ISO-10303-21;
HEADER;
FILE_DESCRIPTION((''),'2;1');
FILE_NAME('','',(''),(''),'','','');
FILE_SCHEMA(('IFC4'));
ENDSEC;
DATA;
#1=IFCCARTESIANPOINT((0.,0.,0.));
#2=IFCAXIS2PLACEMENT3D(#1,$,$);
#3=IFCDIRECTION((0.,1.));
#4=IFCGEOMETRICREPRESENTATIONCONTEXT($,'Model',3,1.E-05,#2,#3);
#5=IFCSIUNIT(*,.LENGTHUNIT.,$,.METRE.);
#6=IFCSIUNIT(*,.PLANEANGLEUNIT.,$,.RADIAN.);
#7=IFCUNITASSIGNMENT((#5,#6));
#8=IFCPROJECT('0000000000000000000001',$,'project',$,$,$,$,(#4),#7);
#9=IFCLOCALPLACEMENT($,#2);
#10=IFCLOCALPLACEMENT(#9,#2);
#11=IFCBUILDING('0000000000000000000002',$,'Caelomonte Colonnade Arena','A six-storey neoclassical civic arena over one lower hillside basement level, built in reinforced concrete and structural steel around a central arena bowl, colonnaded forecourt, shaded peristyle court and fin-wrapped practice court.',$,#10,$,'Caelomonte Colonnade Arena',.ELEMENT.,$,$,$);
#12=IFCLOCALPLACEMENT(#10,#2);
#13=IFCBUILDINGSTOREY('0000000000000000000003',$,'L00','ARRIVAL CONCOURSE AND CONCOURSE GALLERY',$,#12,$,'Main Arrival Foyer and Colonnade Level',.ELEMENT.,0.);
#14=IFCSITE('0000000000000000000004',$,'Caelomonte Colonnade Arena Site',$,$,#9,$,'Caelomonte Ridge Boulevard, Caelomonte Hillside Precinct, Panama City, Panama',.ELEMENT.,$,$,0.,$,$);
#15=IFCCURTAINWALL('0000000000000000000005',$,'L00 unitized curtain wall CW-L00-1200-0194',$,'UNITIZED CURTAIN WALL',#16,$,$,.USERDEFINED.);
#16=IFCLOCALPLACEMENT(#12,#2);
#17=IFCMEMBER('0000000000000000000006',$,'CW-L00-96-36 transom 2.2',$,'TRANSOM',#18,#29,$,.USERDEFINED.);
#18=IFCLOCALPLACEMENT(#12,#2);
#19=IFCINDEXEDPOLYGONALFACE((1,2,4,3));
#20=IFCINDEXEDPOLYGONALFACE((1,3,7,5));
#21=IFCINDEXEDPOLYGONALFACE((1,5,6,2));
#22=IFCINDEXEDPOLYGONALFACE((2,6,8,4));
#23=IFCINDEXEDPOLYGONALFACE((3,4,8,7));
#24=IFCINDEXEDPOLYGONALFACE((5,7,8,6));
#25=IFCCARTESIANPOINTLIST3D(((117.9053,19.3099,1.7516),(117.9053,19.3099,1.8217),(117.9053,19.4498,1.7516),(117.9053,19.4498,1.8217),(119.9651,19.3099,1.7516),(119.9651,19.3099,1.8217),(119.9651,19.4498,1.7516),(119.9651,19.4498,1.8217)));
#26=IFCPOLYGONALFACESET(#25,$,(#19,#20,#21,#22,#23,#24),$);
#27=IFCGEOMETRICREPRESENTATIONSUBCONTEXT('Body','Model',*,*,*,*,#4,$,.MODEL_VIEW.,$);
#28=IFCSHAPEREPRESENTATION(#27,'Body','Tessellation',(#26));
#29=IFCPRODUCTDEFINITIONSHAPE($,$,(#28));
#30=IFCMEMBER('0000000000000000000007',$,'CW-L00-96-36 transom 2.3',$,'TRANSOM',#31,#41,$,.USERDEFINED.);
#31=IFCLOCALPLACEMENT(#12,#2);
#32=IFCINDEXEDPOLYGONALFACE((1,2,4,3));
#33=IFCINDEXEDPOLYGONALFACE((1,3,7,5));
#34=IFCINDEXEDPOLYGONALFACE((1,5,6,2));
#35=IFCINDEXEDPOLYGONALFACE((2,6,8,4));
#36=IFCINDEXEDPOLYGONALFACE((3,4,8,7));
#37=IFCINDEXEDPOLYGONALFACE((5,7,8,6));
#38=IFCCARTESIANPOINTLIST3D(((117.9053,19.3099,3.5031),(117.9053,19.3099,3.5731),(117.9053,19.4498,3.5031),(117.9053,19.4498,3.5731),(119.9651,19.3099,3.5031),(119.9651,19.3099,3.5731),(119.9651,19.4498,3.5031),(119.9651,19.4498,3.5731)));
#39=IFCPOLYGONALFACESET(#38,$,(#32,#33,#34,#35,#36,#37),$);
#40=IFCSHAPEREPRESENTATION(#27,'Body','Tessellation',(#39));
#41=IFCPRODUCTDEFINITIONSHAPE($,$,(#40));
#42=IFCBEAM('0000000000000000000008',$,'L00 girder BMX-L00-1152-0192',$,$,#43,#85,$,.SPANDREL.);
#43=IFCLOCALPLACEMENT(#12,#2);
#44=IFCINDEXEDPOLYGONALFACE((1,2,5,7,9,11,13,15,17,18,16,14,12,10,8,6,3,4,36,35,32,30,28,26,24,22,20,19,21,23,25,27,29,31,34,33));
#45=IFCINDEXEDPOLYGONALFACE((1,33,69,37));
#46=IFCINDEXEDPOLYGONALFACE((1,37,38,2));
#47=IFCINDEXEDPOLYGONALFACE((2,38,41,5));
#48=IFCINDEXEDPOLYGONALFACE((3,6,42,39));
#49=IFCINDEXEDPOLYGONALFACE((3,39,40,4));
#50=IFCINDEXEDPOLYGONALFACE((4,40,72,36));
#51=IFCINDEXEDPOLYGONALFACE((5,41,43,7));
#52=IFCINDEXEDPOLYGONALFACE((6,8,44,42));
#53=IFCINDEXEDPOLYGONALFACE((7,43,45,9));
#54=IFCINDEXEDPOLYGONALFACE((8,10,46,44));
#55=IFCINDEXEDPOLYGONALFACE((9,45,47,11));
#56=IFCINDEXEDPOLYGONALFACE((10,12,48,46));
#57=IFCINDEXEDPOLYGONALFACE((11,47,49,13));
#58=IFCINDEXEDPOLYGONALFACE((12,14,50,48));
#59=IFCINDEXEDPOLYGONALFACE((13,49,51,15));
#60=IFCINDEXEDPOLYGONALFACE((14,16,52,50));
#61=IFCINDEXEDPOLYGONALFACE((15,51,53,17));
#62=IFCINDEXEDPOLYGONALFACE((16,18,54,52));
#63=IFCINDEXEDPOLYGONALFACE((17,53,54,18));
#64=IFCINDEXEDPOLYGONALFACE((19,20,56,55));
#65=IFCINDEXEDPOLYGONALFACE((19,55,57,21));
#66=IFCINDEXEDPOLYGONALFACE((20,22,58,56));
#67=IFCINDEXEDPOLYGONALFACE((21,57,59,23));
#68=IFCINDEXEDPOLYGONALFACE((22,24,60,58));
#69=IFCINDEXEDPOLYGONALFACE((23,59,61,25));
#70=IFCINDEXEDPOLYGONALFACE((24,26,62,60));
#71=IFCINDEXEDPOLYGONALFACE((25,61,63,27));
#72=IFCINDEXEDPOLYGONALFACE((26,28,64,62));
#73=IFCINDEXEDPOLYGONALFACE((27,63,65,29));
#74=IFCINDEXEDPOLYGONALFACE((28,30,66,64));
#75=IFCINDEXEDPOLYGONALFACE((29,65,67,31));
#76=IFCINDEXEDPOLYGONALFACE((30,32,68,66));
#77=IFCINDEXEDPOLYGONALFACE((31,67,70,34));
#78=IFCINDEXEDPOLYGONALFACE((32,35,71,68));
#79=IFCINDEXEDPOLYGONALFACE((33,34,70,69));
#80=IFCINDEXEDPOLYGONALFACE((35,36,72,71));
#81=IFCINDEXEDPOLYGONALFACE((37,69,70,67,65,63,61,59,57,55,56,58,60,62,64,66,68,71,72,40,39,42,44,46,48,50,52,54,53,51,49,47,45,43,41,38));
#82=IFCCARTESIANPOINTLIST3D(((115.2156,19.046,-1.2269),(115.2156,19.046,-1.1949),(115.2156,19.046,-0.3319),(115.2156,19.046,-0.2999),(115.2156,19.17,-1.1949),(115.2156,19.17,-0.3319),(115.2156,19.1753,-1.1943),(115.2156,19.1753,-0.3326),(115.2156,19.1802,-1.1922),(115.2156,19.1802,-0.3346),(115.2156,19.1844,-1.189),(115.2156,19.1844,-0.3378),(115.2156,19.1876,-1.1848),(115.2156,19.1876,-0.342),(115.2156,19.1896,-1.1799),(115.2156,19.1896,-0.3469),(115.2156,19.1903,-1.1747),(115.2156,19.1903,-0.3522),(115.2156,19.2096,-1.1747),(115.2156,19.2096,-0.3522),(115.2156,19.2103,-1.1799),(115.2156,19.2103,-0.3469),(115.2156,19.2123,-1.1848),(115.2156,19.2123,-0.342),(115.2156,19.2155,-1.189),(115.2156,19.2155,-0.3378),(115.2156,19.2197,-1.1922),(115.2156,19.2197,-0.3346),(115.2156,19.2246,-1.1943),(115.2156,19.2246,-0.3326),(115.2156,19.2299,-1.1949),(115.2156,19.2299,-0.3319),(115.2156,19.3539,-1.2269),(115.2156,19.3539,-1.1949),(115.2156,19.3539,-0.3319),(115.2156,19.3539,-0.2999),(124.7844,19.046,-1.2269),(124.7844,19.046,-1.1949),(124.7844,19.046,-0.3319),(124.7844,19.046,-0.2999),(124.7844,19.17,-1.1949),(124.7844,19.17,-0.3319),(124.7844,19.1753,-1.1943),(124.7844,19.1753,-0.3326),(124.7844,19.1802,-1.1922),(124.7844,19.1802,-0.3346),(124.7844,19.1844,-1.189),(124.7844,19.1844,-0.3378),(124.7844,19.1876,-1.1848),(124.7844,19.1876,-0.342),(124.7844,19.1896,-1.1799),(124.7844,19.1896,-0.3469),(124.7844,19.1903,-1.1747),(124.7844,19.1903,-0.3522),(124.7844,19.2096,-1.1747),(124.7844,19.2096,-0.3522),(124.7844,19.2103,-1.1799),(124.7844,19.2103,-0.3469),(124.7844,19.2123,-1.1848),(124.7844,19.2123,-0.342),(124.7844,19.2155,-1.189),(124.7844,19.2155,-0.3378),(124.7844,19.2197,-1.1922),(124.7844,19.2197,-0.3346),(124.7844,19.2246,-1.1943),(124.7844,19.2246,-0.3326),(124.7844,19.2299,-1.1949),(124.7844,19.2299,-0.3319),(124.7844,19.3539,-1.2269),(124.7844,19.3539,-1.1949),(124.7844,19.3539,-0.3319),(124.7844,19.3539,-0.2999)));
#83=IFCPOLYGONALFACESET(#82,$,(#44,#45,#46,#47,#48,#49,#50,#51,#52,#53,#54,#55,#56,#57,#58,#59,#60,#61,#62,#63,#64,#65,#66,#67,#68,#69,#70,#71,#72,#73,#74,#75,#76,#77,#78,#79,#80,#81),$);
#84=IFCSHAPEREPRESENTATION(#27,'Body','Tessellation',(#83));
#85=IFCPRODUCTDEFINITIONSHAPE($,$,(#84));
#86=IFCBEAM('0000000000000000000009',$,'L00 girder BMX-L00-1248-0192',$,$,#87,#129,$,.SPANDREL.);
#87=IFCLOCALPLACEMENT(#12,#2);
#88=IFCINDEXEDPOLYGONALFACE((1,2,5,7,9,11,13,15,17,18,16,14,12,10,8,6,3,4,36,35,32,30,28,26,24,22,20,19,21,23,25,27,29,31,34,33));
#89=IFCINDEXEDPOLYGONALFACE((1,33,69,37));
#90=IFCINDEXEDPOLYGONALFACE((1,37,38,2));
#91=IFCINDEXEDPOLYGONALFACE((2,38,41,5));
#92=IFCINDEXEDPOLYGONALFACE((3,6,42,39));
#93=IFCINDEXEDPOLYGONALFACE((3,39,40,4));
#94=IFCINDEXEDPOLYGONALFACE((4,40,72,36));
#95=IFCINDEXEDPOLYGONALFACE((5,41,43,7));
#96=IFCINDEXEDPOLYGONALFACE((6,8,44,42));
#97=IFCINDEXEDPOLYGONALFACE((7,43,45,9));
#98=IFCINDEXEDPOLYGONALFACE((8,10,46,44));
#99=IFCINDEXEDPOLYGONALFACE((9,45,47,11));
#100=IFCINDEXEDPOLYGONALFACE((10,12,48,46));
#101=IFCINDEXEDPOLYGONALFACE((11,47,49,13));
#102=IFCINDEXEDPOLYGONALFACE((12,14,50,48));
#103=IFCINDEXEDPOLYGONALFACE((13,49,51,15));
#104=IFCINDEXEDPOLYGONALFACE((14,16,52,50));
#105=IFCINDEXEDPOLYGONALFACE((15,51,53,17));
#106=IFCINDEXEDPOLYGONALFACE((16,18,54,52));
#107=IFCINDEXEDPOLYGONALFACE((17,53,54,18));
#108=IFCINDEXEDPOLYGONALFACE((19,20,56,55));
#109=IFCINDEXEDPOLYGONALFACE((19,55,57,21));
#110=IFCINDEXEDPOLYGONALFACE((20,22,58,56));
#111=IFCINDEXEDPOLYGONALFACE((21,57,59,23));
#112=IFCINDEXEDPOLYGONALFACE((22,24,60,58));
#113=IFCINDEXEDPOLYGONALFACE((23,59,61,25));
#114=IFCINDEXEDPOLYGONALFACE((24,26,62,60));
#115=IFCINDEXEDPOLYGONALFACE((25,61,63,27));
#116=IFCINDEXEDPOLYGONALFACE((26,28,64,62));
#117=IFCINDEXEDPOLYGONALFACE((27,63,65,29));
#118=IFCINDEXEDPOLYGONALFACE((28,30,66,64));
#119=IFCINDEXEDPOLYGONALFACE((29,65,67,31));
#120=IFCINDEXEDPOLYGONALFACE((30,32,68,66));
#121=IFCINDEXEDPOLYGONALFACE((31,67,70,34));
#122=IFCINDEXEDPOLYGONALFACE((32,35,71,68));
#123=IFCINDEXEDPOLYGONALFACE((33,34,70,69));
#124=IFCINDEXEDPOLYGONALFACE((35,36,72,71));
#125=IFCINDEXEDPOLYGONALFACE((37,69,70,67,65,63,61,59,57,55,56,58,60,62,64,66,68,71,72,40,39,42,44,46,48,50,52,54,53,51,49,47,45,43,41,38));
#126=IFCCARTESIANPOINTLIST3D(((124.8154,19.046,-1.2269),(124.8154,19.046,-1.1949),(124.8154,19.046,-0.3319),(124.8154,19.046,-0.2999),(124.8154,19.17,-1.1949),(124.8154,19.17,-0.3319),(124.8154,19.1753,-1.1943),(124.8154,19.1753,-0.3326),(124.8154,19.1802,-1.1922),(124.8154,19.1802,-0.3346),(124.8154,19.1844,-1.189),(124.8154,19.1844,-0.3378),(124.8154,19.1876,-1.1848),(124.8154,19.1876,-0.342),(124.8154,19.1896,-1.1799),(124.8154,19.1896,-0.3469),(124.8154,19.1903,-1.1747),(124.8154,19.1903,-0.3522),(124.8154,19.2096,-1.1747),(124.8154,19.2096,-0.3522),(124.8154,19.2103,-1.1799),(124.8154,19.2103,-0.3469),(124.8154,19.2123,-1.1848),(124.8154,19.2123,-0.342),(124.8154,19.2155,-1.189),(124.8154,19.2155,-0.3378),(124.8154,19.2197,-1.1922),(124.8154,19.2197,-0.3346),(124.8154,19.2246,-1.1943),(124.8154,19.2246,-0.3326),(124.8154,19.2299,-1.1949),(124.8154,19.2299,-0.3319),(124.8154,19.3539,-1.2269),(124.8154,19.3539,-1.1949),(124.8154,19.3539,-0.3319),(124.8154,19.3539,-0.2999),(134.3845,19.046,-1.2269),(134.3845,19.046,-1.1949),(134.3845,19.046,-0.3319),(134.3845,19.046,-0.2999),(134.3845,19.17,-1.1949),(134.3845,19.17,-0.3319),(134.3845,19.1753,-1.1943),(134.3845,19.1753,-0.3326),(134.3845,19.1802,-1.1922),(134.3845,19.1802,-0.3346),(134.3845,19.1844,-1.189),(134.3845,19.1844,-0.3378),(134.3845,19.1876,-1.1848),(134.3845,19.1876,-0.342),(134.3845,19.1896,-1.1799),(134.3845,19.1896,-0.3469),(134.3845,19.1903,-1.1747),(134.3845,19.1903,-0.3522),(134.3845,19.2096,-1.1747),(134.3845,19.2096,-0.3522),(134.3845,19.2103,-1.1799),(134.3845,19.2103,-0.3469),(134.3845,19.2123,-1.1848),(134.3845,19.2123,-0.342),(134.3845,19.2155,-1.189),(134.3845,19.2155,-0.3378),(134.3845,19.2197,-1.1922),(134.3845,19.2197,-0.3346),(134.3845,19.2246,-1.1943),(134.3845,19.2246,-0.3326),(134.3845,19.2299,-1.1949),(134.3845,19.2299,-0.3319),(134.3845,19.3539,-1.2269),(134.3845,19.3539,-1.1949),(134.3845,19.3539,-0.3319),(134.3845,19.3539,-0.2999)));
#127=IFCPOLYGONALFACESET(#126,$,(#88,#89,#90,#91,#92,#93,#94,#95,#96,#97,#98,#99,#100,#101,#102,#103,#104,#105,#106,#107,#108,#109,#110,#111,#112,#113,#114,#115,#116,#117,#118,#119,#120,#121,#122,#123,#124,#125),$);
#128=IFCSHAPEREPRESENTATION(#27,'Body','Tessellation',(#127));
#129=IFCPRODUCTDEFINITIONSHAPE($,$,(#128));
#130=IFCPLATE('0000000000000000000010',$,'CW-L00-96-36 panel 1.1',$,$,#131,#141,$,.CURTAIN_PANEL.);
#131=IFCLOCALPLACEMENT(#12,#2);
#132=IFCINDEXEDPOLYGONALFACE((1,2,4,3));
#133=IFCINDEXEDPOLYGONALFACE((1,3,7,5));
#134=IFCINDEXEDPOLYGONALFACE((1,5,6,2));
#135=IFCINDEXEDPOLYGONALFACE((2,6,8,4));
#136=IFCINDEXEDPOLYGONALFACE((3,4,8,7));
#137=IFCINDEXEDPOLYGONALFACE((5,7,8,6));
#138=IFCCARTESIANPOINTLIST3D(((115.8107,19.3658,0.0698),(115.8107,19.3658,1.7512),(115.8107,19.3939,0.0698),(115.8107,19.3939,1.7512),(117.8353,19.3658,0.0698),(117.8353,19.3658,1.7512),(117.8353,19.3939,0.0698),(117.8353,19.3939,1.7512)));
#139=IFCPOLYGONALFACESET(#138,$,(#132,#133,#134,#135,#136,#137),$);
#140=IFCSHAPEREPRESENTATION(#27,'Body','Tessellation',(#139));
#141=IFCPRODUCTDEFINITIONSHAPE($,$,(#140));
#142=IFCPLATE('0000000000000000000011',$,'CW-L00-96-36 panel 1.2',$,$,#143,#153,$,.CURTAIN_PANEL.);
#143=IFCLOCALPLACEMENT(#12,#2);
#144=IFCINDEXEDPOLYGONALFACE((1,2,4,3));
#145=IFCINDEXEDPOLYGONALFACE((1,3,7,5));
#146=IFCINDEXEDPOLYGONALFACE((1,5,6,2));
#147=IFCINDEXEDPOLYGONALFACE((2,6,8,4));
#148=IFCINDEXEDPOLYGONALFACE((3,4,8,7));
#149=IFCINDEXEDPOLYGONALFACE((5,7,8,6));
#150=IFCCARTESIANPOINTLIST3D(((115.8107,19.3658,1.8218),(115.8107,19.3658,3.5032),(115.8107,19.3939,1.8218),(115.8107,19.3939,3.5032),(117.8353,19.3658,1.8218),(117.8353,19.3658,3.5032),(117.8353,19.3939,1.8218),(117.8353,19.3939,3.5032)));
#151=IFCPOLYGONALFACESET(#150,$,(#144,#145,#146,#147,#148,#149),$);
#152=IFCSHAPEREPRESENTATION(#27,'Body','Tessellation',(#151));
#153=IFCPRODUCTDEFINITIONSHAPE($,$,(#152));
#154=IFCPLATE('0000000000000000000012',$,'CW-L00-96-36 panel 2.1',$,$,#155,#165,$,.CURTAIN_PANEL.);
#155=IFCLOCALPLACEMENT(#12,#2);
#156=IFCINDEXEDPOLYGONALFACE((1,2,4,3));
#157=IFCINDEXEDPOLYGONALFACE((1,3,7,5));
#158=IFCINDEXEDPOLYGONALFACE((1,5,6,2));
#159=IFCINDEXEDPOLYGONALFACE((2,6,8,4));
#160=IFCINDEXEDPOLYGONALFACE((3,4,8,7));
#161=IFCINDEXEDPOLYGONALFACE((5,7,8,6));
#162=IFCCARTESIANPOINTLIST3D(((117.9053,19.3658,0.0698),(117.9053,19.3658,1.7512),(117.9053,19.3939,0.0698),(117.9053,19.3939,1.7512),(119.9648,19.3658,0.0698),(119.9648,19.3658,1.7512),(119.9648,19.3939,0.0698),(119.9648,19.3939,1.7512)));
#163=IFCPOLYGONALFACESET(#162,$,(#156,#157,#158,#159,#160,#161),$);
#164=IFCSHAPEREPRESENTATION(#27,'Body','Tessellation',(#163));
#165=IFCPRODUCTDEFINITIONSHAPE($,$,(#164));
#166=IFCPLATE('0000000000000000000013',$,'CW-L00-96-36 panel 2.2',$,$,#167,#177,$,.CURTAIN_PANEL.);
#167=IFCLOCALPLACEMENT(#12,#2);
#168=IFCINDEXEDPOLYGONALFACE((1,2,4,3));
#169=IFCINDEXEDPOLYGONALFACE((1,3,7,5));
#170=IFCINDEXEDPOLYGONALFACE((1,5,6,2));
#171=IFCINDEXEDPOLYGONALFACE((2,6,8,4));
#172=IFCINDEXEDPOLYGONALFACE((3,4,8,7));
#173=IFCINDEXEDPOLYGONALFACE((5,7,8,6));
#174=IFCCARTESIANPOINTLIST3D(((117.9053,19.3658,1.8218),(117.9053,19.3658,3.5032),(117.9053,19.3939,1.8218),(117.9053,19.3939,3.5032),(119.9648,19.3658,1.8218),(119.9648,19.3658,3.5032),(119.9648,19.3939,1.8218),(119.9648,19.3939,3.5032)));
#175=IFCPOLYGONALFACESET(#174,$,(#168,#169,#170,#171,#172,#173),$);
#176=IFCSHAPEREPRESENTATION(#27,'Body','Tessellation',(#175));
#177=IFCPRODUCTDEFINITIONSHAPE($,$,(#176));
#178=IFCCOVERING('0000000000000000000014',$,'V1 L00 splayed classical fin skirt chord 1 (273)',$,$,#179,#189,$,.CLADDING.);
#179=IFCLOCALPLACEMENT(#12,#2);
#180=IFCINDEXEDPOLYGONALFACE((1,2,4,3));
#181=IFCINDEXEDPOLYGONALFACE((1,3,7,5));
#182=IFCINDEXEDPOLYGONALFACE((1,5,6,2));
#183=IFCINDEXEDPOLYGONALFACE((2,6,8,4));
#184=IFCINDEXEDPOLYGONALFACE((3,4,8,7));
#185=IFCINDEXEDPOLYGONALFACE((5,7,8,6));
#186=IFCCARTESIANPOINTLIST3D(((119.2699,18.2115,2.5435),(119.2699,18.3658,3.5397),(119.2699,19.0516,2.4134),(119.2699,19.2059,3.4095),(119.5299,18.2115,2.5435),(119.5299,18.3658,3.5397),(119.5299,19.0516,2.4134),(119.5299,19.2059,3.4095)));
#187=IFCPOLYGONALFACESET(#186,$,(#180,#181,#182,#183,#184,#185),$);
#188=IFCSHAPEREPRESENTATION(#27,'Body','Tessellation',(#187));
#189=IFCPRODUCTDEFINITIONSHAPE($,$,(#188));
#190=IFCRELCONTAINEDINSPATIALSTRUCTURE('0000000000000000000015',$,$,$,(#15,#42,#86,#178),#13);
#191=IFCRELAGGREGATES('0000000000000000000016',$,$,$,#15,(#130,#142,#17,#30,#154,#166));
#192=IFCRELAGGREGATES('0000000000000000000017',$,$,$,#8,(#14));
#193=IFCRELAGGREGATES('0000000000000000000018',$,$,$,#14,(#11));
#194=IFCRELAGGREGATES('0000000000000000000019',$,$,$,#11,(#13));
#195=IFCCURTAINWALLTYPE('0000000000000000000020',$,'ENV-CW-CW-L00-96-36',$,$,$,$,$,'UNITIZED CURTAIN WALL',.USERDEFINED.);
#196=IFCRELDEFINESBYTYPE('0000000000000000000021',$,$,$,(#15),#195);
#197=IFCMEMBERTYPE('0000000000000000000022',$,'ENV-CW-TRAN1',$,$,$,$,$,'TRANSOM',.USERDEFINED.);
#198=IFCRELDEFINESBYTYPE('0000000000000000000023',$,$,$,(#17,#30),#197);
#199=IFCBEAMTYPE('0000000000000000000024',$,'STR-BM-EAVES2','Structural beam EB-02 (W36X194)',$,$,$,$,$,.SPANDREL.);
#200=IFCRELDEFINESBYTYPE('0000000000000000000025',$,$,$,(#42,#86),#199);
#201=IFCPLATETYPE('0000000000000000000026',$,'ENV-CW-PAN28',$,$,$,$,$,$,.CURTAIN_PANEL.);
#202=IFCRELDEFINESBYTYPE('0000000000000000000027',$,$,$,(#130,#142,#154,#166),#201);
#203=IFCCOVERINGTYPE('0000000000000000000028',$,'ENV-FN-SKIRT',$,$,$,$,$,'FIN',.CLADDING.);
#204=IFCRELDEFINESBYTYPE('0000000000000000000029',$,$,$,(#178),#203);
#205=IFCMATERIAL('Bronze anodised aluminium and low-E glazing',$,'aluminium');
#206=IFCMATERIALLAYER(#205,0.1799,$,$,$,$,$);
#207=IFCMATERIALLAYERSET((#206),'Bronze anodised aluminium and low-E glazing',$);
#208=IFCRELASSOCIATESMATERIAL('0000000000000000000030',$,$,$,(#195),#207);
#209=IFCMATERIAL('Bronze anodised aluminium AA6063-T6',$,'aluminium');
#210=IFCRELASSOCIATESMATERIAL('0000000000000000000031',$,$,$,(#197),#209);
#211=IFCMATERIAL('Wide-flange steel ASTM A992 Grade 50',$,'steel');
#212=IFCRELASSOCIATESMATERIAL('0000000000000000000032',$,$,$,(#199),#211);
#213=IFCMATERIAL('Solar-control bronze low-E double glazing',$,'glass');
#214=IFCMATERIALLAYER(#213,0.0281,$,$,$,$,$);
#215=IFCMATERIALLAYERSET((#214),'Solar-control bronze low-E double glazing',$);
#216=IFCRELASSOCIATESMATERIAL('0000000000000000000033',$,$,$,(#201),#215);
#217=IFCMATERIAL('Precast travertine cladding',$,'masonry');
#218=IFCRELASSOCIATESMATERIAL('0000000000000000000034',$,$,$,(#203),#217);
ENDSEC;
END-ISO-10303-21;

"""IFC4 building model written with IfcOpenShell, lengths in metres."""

from ifc_helpers import new_model, si_unit, direction, frame, origin, origin_2d, place, context, subcontext, project, spatial, rectangle, i_section, extrude, material, layer, layer_set, material_profile, profile_set, type_object, element, aggregate, save


model = new_model("IFC4")

# Units and contexts
model_context = context("Model", 3, precision=1e-05, world=origin(), true_north=direction((0.0, 1.0)))
body_context = subcontext(model_context, "Body", "Model", "MODEL_VIEW")
ifc_project = project(units=[si_unit("LENGTHUNIT", "METRE"), si_unit("PLANEANGLEUNIT", "RADIAN")], contexts=[model_context])

# Site, building, storey
site_placement = place(None, origin())
site = spatial("IfcSite", under=ifc_project, at=site_placement, Name="Caelomonte Colonnade Arena Site", LongName="Caelomonte Ridge Boulevard, Caelomonte Hillside Precinct, Panama City, Panama", CompositionType="ELEMENT", RefElevation=0.0)
building_placement = place(site_placement, origin())
building = spatial("IfcBuilding", under=site, at=building_placement, Name="Caelomonte Colonnade Arena", Description="A six-storey neoclassical civic arena over one lower hillside basement level, built in reinforced concrete and structural steel around a central arena bowl, colonnaded forecourt, shaded peristyle court and fin-wrapped practice court.", LongName="Caelomonte Colonnade Arena", CompositionType="ELEMENT")
storey_placement = place(building_placement, origin())
storey = spatial("IfcBuildingStorey", under=building, at=storey_placement, Name="L00", Description="ARRIVAL CONCOURSE AND CONCOURSE GALLERY", LongName="Main Arrival Foyer and Colonnade Level", CompositionType="ELEMENT", Elevation=0.0)

# Shared definitions
ifc_material_1 = material(Name="Wide-flange steel ASTM A992 Grade 50", Category="steel")

# Shared definitions
ifc_material_2 = material(Name="Bronze anodised aluminium and low-E glazing", Category="aluminium")
ifc_layer_1 = layer(ifc_material_2, 0.1799)
ifc_layer_set_1 = layer_set([ifc_layer_1], Name="Bronze anodised aluminium and low-E glazing")
curtain_wall_type = type_object("IfcCurtainWallType", Name="ENV-CW-CW-L00-96-36", ElementType="UNITIZED CURTAIN WALL", PredefinedType="USERDEFINED", material=ifc_layer_set_1)
ifc_material_3 = material(Name="Bronze anodised aluminium AA6063-T6", Category="aluminium")

# Curtain wall, members
curtain_wall_1_placement = place(storey_placement, origin())
curtain_wall_1 = element("IfcCurtainWall", 1, at=curtain_wall_1_placement, inside=storey, type_object=curtain_wall_type, Name="L00 unitized curtain wall CW-L00-1200-0194", ObjectType="UNITIZED CURTAIN WALL", PredefinedType="USERDEFINED")
ifc_material_profile_1 = material_profile(ifc_material_3, rectangle(XDim=0.0701, YDim=0.1399, at=origin_2d()), Name="CWT-70X140")
ifc_profile_set_1 = profile_set([ifc_material_profile_1], Name="Bronze anodised aluminium AA6063-T6")
member_type_1 = type_object("IfcMemberType", Name="ENV-CW-TRAN1", ElementType="TRANSOM", PredefinedType="USERDEFINED", material=ifc_profile_set_1)
member_1_placement = place(storey_placement, frame((117.9053, 19.3799, 1.7866), z_axis=(1.0, 0.0, 0.0), x_axis=(0.0, 0.0, 1.0)))
member_1 = element("IfcMember", 2, at=member_1_placement, type_object=member_type_1, Name="CW-L00-96-36 transom 2.2", ObjectType="TRANSOM", PredefinedType="USERDEFINED", context=body_context, shape_type="SweptSolid", body=[
    extrude(rectangle(XDim=0.0701, YDim=0.1399, at=origin_2d()), origin(), (0.0, 0.0, 1.0), 2.0598),
])
member_2_placement = place(storey_placement, frame((117.9053, 19.3799, 3.5381), z_axis=(1.0, 0.0, 0.0), x_axis=(0.0, 0.0, 1.0)))
member_2 = element("IfcMember", 3, at=member_2_placement, type_object=member_type_1, Name="CW-L00-96-36 transom 2.3", ObjectType="TRANSOM", PredefinedType="USERDEFINED", context=body_context, shape_type="SweptSolid", body=[
    extrude(rectangle(XDim=0.0701, YDim=0.1399, at=origin_2d()), origin(), (0.0, 0.0, 1.0), 2.0598),
])

# Beams
ifc_material_profile_2 = material_profile(ifc_material_1, i_section(OverallWidth=0.3079, OverallDepth=0.927, WebThickness=0.0193, FlangeThickness=0.032, FilletRadius=0.0203, at=origin_2d()), Name="W36X194")
ifc_profile_set_2 = profile_set([ifc_material_profile_2], Name="Wide-flange steel ASTM A992 Grade 50")
beam_type = type_object("IfcBeamType", Name="STR-BM-EAVES2", Description="Structural beam EB-02 (W36X194)", PredefinedType="SPANDREL", material=ifc_profile_set_2)
beam_1_placement = place(storey_placement, frame((115.2156, 19.2, -0.7634), z_axis=(1.0, 0.0, 0.0), x_axis=(0.0, 1.0, 0.0)))
element("IfcBeam", 4, at=beam_1_placement, inside=storey, type_object=beam_type, Name="L00 girder BMX-L00-1152-0192", PredefinedType="SPANDREL", context=body_context, shape_type="SweptSolid", body=[
    extrude(i_section(OverallWidth=0.3079, OverallDepth=0.927, WebThickness=0.0193, FlangeThickness=0.032, FilletRadius=0.0203, at=origin_2d()), origin(), (0.0, 0.0, 1.0), 9.5688),
])
beam_2_placement = place(storey_placement, frame((124.8154, 19.2, -0.7634), z_axis=(1.0, 0.0, 0.0), x_axis=(0.0, 1.0, 0.0)))
element("IfcBeam", 5, at=beam_2_placement, inside=storey, type_object=beam_type, Name="L00 girder BMX-L00-1248-0192", PredefinedType="SPANDREL", context=body_context, shape_type="SweptSolid", body=[
    extrude(i_section(OverallWidth=0.3079, OverallDepth=0.927, WebThickness=0.0193, FlangeThickness=0.032, FilletRadius=0.0203, at=origin_2d()), origin(), (0.0, 0.0, 1.0), 9.5691),
])

# Plates
ifc_material_4 = material(Name="Solar-control bronze low-E double glazing", Category="glass")
ifc_layer_2 = layer(ifc_material_4, 0.0281)
ifc_layer_set_2 = layer_set([ifc_layer_2], Name="Solar-control bronze low-E double glazing")
plate_type = type_object("IfcPlateType", Name="ENV-CW-PAN28", PredefinedType="CURTAIN_PANEL", material=ifc_layer_set_2)
plate_1_placement = place(storey_placement, frame((116.823, 19.3799, 0.0698), z_axis=(0.0, 0.0, 1.0), x_axis=(1.0, 0.0, 0.0)))
plate_1 = element("IfcPlate", 6, at=plate_1_placement, type_object=plate_type, Name="CW-L00-96-36 panel 1.1", PredefinedType="CURTAIN_PANEL", context=body_context, shape_type="SweptSolid", body=[
    extrude(rectangle(XDim=2.0247, YDim=0.0281, at=origin_2d()), origin(), (0.0, 0.0, 1.0), 1.6814),
])
plate_2_placement = place(storey_placement, frame((116.823, 19.3799, 1.8218), z_axis=(0.0, 0.0, 1.0), x_axis=(1.0, 0.0, 0.0)))
plate_2 = element("IfcPlate", 7, at=plate_2_placement, type_object=plate_type, Name="CW-L00-96-36 panel 1.2", PredefinedType="CURTAIN_PANEL", context=body_context, shape_type="SweptSolid", body=[
    extrude(rectangle(XDim=2.0247, YDim=0.0281, at=origin_2d()), origin(), (0.0, 0.0, 1.0), 1.6814),
])
plate_3_placement = place(storey_placement, frame((118.9351, 19.3799, 0.0698), z_axis=(0.0, 0.0, 1.0), x_axis=(1.0, 0.0, 0.0)))
plate_3 = element("IfcPlate", 8, at=plate_3_placement, type_object=plate_type, Name="CW-L00-96-36 panel 2.1", PredefinedType="CURTAIN_PANEL", context=body_context, shape_type="SweptSolid", body=[
    extrude(rectangle(XDim=2.0596, YDim=0.0281, at=origin_2d()), origin(), (0.0, 0.0, 1.0), 1.6814),
])
plate_4_placement = place(storey_placement, frame((118.9351, 19.3799, 1.8218), z_axis=(0.0, 0.0, 1.0), x_axis=(1.0, 0.0, 0.0)))
plate_4 = element("IfcPlate", 9, at=plate_4_placement, type_object=plate_type, Name="CW-L00-96-36 panel 2.2", PredefinedType="CURTAIN_PANEL", context=body_context, shape_type="SweptSolid", body=[
    extrude(rectangle(XDim=2.0596, YDim=0.0281, at=origin_2d()), origin(), (0.0, 0.0, 1.0), 1.6814),
])
aggregate(curtain_wall_1, [plate_1, plate_2, member_1, member_2, plate_3, plate_4])

# Covering
ifc_material_5 = material(Name="Precast travertine cladding", Category="masonry")
ifc_material_profile_3 = material_profile(ifc_material_5, rectangle(XDim=0.26, YDim=0.8501, at=origin_2d()), Name="FIN260X850")
ifc_profile_set_3 = profile_set([ifc_material_profile_3], Name="Precast travertine cladding")
covering_type = type_object("IfcCoveringType", Name="ENV-FN-SKIRT", ElementType="FIN", PredefinedType="CLADDING", material=ifc_profile_set_3)
for number, where, z_axis, x_axis, name in (
    (10, (119.3999, 18.7859, 3.4746), (0.0, -0.153076, -0.988214), (-1.0, 0.0, 0.0), "V1 L00 splayed classical fin skirt chord 1 (273)"),
):
    element("IfcCovering", number, at=place(storey_placement, frame(where, z_axis=z_axis, x_axis=x_axis)), inside=storey, type_object=covering_type, Name=name, PredefinedType="CLADDING", context=body_context, shape_type="SweptSolid", body=[
        extrude(rectangle(XDim=0.26, YDim=0.8501, at=origin_2d()), origin(), (0.0, 0.0, 1.0), 1.0081),
    ])

save(model, "model.ifc")
